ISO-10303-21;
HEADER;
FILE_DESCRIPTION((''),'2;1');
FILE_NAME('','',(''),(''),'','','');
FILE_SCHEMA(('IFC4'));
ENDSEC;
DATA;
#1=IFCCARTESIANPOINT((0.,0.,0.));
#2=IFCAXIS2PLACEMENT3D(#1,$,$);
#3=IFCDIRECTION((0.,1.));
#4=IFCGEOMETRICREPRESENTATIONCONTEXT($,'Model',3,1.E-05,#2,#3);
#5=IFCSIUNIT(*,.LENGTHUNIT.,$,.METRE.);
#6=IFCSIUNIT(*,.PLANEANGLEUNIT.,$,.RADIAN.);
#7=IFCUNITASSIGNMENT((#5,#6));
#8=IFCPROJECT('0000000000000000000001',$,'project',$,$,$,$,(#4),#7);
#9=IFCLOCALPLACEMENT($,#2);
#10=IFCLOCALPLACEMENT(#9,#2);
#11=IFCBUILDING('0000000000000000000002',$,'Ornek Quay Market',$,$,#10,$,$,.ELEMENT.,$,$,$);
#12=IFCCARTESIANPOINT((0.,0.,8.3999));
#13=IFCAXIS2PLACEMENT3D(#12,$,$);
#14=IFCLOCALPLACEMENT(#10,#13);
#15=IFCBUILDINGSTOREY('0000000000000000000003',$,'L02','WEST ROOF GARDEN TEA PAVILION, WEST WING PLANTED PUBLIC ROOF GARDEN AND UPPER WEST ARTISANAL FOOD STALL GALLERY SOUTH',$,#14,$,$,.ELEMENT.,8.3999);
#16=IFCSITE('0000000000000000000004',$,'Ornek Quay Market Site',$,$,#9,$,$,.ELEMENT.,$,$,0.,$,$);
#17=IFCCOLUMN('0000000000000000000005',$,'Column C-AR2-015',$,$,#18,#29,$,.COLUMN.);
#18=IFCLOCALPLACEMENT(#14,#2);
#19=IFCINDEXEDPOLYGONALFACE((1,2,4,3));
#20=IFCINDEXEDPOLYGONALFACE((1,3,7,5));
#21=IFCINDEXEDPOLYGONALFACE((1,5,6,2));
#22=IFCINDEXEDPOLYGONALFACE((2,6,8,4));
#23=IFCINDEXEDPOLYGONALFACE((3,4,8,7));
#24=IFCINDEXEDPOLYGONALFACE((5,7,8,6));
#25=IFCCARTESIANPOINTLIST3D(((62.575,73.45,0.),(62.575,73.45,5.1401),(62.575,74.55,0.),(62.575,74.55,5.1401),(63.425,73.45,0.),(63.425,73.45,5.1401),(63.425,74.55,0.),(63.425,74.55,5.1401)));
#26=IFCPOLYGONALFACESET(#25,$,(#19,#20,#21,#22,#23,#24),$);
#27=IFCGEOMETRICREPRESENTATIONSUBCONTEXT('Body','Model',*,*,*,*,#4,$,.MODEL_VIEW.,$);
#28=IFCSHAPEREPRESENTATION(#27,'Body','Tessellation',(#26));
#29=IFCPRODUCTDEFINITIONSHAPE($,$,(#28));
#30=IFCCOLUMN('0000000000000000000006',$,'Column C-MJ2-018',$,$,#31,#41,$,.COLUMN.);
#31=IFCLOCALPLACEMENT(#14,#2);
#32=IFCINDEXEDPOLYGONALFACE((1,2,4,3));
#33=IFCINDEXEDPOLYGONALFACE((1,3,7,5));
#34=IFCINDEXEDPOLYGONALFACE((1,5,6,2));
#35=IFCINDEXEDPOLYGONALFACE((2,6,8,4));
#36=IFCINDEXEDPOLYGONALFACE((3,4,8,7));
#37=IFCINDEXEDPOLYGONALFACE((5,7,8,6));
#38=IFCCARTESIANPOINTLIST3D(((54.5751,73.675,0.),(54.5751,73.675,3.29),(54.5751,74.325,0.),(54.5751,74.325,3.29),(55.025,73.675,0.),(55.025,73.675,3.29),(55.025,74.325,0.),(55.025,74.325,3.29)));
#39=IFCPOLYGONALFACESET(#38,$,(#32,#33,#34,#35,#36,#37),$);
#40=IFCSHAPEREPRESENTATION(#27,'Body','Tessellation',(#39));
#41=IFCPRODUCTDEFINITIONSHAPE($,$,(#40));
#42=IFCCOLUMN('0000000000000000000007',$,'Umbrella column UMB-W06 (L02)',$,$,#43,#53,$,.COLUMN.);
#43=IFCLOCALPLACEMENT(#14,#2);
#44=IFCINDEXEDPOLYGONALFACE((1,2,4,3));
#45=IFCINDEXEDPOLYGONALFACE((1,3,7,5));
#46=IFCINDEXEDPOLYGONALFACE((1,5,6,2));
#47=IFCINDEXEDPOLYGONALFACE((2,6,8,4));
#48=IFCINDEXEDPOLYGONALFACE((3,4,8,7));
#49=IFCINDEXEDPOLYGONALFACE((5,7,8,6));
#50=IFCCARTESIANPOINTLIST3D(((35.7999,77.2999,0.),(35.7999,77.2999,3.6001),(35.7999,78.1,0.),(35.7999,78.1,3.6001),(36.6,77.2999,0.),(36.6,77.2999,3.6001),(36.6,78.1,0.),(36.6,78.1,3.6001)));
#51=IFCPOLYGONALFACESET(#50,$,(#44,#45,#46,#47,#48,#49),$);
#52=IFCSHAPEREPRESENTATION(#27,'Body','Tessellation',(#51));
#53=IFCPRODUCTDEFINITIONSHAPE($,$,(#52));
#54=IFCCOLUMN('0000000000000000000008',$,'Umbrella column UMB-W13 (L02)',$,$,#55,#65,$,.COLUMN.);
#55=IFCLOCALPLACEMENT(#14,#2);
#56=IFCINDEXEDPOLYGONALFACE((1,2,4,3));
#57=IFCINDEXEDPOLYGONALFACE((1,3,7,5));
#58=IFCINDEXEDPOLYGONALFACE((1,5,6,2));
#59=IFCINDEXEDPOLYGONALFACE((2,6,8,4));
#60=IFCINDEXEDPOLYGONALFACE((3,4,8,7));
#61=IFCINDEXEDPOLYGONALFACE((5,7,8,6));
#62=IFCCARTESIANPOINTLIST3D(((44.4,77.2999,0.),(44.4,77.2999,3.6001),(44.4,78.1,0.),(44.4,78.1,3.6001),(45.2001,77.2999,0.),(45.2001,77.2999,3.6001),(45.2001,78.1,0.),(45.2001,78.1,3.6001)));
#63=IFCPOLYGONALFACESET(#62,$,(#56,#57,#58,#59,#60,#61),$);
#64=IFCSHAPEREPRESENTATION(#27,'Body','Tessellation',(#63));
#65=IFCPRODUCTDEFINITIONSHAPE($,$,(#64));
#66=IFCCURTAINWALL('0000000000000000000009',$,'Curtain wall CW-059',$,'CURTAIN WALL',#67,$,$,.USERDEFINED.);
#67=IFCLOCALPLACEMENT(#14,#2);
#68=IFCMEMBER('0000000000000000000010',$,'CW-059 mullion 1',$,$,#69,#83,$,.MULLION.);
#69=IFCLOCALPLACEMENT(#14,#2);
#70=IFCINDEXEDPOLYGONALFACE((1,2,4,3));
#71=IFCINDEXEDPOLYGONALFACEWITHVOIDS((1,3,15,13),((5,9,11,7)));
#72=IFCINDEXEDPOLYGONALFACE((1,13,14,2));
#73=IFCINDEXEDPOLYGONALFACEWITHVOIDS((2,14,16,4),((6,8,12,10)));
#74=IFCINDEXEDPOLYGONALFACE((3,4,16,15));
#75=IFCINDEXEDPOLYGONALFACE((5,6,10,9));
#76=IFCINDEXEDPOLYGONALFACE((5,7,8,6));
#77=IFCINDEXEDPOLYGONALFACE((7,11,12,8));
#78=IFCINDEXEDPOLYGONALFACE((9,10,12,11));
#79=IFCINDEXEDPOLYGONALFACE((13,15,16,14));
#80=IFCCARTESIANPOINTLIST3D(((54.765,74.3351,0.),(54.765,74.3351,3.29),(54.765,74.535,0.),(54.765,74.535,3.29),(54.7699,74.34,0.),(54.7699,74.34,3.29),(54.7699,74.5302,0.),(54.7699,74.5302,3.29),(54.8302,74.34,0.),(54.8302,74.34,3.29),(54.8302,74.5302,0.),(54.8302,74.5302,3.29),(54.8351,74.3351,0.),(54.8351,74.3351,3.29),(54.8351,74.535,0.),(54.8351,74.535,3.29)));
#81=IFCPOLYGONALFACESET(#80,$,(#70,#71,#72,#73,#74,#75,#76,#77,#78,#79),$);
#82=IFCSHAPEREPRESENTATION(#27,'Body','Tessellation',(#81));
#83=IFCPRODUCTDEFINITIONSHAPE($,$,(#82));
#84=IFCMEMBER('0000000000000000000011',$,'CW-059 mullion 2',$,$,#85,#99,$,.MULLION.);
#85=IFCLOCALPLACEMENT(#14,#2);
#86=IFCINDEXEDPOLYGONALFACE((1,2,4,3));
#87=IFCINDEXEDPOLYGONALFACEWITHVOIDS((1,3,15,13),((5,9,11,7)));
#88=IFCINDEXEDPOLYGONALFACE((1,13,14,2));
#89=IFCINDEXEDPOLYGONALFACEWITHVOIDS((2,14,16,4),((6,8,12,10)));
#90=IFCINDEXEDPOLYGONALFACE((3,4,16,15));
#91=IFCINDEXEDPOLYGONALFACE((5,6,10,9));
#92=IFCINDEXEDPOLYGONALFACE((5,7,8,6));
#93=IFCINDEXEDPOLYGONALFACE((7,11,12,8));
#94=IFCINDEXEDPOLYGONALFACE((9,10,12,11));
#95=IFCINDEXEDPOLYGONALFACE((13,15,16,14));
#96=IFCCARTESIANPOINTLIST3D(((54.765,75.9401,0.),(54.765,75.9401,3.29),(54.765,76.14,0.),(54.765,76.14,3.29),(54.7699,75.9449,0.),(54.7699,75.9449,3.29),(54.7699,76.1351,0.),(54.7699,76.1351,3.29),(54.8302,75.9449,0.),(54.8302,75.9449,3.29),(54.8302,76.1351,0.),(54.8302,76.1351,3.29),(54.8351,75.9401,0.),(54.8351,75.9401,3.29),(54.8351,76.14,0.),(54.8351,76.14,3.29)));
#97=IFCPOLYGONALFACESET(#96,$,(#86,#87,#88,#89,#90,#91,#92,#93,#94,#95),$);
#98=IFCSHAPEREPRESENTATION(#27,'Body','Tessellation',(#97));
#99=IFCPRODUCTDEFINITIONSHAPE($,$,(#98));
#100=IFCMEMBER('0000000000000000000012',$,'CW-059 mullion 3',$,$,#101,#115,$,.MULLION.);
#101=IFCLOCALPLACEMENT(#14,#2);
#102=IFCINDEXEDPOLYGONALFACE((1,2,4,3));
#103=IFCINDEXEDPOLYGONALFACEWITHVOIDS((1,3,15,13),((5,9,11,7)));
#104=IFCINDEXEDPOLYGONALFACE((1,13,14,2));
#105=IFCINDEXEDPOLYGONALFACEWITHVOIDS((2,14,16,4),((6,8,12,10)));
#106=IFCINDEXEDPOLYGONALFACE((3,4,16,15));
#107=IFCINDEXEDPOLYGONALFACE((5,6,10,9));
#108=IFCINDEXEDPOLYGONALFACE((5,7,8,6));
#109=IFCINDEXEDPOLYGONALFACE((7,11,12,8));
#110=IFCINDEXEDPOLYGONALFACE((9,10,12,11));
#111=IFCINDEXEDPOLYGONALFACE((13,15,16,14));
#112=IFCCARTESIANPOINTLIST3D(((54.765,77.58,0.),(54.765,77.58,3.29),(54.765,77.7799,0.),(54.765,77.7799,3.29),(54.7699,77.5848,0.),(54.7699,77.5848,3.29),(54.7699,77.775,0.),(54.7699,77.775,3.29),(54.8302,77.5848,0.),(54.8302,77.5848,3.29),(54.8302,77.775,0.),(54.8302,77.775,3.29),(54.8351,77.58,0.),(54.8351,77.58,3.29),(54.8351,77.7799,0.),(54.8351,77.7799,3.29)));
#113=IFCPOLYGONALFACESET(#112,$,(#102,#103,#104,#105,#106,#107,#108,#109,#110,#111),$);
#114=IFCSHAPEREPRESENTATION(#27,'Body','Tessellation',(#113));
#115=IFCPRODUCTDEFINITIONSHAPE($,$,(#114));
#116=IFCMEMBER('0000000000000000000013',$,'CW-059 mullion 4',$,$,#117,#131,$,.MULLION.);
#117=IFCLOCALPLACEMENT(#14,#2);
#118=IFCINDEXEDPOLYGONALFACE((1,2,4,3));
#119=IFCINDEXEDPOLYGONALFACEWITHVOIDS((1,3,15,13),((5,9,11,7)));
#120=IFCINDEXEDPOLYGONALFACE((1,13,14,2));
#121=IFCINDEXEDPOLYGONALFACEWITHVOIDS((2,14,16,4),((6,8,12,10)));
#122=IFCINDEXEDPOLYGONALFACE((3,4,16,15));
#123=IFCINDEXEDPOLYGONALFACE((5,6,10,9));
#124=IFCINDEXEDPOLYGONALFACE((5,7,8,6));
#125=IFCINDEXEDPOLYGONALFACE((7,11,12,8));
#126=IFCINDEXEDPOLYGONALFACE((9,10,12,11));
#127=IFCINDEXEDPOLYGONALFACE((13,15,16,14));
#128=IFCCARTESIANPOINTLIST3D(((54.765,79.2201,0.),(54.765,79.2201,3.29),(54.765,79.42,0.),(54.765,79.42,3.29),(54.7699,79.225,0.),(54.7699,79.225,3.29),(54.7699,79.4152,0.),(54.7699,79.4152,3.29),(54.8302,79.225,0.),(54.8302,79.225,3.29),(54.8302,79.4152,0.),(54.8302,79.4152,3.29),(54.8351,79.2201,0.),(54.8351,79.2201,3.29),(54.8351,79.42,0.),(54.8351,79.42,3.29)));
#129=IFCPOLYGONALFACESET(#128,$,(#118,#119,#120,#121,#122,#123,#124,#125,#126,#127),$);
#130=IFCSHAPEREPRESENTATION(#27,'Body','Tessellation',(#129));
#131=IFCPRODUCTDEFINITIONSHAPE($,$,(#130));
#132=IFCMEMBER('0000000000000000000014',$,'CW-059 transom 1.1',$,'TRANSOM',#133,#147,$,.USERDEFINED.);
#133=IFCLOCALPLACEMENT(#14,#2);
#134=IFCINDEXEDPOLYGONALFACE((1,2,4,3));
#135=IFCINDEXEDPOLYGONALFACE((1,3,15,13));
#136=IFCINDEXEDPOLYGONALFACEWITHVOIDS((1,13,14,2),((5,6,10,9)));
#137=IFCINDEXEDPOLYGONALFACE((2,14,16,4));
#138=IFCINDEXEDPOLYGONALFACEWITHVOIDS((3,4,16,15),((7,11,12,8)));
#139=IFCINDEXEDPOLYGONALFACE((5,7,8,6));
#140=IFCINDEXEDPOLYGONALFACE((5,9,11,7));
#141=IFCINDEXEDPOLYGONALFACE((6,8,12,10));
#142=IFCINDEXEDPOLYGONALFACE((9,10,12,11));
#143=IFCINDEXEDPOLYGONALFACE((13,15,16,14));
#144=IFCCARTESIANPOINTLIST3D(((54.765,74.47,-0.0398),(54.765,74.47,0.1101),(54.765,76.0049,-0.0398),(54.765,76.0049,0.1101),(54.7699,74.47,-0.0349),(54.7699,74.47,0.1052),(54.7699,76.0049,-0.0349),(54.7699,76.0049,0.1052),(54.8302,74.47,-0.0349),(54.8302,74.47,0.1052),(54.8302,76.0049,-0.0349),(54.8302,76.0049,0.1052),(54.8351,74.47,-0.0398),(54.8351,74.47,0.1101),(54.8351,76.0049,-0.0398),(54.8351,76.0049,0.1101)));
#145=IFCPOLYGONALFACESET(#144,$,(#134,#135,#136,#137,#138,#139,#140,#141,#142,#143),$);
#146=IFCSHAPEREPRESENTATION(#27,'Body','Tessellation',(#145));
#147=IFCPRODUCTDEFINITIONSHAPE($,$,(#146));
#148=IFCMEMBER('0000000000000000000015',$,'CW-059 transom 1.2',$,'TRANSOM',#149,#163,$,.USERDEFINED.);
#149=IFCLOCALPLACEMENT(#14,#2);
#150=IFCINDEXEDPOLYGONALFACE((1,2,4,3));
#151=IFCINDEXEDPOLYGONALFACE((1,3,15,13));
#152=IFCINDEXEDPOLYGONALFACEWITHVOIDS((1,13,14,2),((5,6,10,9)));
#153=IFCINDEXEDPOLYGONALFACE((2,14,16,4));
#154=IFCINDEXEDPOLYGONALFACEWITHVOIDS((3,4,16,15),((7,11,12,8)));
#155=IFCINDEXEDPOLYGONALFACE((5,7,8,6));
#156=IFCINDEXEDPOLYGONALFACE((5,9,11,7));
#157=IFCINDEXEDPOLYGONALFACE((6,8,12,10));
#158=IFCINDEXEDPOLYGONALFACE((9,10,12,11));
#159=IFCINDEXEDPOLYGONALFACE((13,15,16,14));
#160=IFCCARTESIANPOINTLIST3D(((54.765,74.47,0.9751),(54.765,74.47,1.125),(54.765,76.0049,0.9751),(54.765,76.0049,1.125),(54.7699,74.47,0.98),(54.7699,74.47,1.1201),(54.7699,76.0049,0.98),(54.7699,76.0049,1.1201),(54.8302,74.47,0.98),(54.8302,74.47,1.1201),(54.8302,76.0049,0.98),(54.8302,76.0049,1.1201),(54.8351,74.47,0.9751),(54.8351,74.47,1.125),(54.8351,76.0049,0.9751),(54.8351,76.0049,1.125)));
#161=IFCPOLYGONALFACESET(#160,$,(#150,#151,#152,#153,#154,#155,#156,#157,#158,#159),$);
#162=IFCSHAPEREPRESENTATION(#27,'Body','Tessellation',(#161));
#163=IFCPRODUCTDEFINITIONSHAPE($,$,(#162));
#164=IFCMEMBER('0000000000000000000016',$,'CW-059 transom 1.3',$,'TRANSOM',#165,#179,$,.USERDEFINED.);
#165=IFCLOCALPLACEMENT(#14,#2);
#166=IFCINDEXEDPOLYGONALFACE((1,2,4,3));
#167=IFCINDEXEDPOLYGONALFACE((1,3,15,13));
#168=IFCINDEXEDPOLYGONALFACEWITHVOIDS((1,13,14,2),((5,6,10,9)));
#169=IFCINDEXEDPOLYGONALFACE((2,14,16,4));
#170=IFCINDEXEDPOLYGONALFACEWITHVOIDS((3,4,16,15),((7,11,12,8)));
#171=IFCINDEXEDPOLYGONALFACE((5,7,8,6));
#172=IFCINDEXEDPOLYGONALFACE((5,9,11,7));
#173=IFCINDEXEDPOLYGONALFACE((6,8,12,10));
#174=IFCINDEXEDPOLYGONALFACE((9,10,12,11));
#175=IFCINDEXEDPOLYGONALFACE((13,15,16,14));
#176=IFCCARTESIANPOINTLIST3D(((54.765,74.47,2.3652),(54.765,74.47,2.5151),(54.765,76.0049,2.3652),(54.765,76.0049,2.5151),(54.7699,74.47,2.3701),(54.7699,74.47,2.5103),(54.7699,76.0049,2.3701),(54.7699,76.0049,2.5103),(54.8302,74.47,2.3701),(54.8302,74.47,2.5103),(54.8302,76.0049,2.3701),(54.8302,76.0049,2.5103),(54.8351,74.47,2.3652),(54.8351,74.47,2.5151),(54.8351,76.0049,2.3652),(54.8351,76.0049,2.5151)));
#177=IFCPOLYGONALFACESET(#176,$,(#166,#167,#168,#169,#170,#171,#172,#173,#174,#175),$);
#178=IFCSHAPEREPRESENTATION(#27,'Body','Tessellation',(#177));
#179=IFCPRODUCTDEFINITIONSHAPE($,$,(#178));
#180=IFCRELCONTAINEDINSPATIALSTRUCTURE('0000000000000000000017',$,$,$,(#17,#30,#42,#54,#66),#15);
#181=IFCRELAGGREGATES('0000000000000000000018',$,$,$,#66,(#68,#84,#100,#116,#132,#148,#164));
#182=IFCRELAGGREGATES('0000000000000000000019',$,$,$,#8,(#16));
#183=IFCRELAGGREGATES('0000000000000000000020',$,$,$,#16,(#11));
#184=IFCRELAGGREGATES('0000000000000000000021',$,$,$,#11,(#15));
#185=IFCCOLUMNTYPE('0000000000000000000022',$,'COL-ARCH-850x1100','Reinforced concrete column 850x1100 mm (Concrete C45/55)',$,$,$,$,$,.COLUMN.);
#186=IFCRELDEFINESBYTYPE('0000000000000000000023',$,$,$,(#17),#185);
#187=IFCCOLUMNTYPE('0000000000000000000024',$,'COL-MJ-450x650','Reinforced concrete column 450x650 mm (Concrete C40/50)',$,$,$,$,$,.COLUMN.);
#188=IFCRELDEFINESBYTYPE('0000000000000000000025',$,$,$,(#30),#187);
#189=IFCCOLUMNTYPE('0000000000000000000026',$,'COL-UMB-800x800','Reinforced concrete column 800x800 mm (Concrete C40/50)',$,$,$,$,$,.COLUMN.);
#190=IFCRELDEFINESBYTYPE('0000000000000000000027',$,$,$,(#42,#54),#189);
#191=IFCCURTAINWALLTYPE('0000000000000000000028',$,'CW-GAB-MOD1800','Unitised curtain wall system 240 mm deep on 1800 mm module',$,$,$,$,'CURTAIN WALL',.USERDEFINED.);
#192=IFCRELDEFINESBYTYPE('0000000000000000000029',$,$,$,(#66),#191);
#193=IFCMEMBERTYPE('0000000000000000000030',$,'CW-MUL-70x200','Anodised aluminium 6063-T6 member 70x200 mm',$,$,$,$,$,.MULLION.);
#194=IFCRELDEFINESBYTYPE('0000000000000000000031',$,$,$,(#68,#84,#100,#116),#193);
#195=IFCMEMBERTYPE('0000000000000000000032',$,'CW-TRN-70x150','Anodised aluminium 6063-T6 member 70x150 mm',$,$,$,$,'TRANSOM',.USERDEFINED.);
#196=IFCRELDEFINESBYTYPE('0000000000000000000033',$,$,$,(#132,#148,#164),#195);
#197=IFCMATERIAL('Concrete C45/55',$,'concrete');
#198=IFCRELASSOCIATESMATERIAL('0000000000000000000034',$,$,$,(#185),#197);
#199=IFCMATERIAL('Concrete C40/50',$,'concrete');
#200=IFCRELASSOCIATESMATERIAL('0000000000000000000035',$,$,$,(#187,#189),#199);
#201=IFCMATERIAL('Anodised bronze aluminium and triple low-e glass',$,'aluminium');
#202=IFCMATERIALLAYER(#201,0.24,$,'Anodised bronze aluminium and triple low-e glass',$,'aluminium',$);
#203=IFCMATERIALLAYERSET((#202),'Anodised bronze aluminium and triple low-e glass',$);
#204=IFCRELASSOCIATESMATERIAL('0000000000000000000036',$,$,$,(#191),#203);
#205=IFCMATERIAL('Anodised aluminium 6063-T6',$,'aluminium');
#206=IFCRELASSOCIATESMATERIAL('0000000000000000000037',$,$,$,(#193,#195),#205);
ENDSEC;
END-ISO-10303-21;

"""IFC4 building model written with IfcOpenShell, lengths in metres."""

from ifc_helpers import new_model, si_unit, direction, frame, origin, origin_2d, place, context, subcontext, project, spatial, rectangle, hollow_rectangle, extrude, material, layer, layer_set, material_profile, profile_set, type_object, element, aggregate, save


model = new_model("IFC4")

# Units and contexts
model_context = context("Model", 3, precision=1e-05, world=origin(), true_north=direction((0.0, 1.0)))
body_context = subcontext(model_context, "Body", "Model", "MODEL_VIEW")
ifc_project = project(units=[si_unit("LENGTHUNIT", "METRE"), si_unit("PLANEANGLEUNIT", "RADIAN")], contexts=[model_context])

# Site, building, storey
site_placement = place(None, origin())
site = spatial("IfcSite", under=ifc_project, at=site_placement, Name="Ornek Quay Market Site", CompositionType="ELEMENT", RefElevation=0.0)
building_placement = place(site_placement, origin())
building = spatial("IfcBuilding", under=site, at=building_placement, Name="Ornek Quay Market", CompositionType="ELEMENT")
storey_placement = place(building_placement, frame((0.0, 0.0, 8.3999)))
storey = spatial("IfcBuildingStorey", under=building, at=storey_placement, Name="L02", Description="WEST ROOF GARDEN TEA PAVILION, WEST WING PLANTED PUBLIC ROOF GARDEN AND UPPER WEST ARTISANAL FOOD STALL GALLERY SOUTH", CompositionType="ELEMENT", Elevation=8.3999)

# Columns
ifc_material_1 = material(Name="Concrete C45/55", Category="concrete")
ifc_material_profile_1 = material_profile(ifc_material_1, rectangle(XDim=0.8501, YDim=1.1001, at=origin_2d()), Name="RC 850x1100", Category="concrete")
ifc_profile_set_1 = profile_set([ifc_material_profile_1], Name="Concrete C45/55")
column_type_1 = type_object("IfcColumnType", Name="COL-ARCH-850x1100", Description="Reinforced concrete column 850x1100 mm (Concrete C45/55)", PredefinedType="COLUMN", material=ifc_profile_set_1)
column_1_placement = place(storey_placement, frame((63.0, 74.0, 0.0), z_axis=(0.0, 0.0, 1.0), x_axis=(1.0, 0.0, 0.0)))
element("IfcColumn", 1, at=column_1_placement, inside=storey, type_object=column_type_1, Name="Column C-AR2-015", PredefinedType="COLUMN", context=body_context, shape_type="SweptSolid", body=[
    extrude(rectangle(XDim=0.8501, YDim=1.1001, at=origin_2d()), origin(), (0.0, 0.0, 1.0), 5.1401),
])
ifc_material_2 = material(Name="Concrete C40/50", Category="concrete")
ifc_material_profile_2 = material_profile(ifc_material_2, rectangle(XDim=0.45, YDim=0.6499, at=origin_2d()), Name="RC 450x650", Category="concrete")
ifc_profile_set_2 = profile_set([ifc_material_profile_2], Name="Concrete C40/50")
column_type_2 = type_object("IfcColumnType", Name="COL-MJ-450x650", Description="Reinforced concrete column 450x650 mm (Concrete C40/50)", PredefinedType="COLUMN", material=ifc_profile_set_2)
column_2_placement = place(storey_placement, frame((54.8, 74.0, 0.0), z_axis=(0.0, 0.0, 1.0), x_axis=(1.0, 0.0, 0.0)))
element("IfcColumn", 2, at=column_2_placement, inside=storey, type_object=column_type_2, Name="Column C-MJ2-018", PredefinedType="COLUMN", context=body_context, shape_type="SweptSolid", body=[
    extrude(rectangle(XDim=0.45, YDim=0.6499, at=origin_2d()), origin(), (0.0, 0.0, 1.0), 3.29),
])
ifc_material_profile_3 = material_profile(ifc_material_2, rectangle(XDim=0.8, YDim=0.8, at=origin_2d()), Name="RC 800x800", Category="concrete")
ifc_profile_set_3 = profile_set([ifc_material_profile_3], Name="Concrete C40/50")
column_type_3 = type_object("IfcColumnType", Name="COL-UMB-800x800", Description="Reinforced concrete column 800x800 mm (Concrete C40/50)", PredefinedType="COLUMN", material=ifc_profile_set_3)
for number, where, z_axis, x_axis, name in (
    (3, (36.2, 77.7, 0.0), (0.0, 0.0, 1.0), (1.0, 0.0, 0.0), "Umbrella column UMB-W06 (L02)"),
    (4, (44.8, 77.7, 0.0), (0.0, 0.0, 1.0), (1.0, 0.0, 0.0), "Umbrella column UMB-W13 (L02)"),
):
    element("IfcColumn", number, at=place(storey_placement, frame(where, z_axis=z_axis, x_axis=x_axis)), inside=storey, type_object=column_type_3, Name=name, PredefinedType="COLUMN", context=body_context, shape_type="SweptSolid", body=[
        extrude(rectangle(XDim=0.8, YDim=0.8, at=origin_2d()), origin(), (0.0, 0.0, 1.0), 3.6001),
    ])

# Curtain wall, members
ifc_material_3 = material(Name="Anodised bronze aluminium and triple low-e glass", Category="aluminium")
ifc_layer_1 = layer(ifc_material_3, 0.24, Name="Anodised bronze aluminium and triple low-e glass", Category="aluminium")
ifc_layer_set_1 = layer_set([ifc_layer_1], Name="Anodised bronze aluminium and triple low-e glass")
curtain_wall_type = type_object("IfcCurtainWallType", Name="CW-GAB-MOD1800", Description="Unitised curtain wall system 240 mm deep on 1800 mm module", ElementType="CURTAIN WALL", PredefinedType="USERDEFINED", material=ifc_layer_set_1)
curtain_wall_placement = place(storey_placement, origin())
curtain_wall = element("IfcCurtainWall", 5, at=curtain_wall_placement, inside=storey, type_object=curtain_wall_type, Name="Curtain wall CW-059", ObjectType="CURTAIN WALL", PredefinedType="USERDEFINED")
ifc_material_4 = material(Name="Anodised aluminium 6063-T6", Category="aluminium")
ifc_material_profile_4 = material_profile(ifc_material_4, hollow_rectangle(XDim=0.0701, YDim=0.2, WallThickness=0.0049, at=origin_2d()), Name="CW-MUL-70x200", Category="aluminium")
ifc_profile_set_4 = profile_set([ifc_material_profile_4], Name="Anodised aluminium 6063-T6")
member_type_1 = type_object("IfcMemberType", Name="CW-MUL-70x200", Description="Anodised aluminium 6063-T6 member 70x200 mm", PredefinedType="MULLION", material=ifc_profile_set_4)
member_1_placement = place(storey_placement, frame((54.8, 74.4351, 0.0), z_axis=(0.0, 0.0, 1.0), x_axis=(-1.0, 0.0, 0.0)))
member_1 = element("IfcMember", 6, at=member_1_placement, type_object=member_type_1, Name="CW-059 mullion 1", PredefinedType="MULLION", context=body_context, shape_type="SweptSolid", body=[
    extrude(hollow_rectangle(XDim=0.0701, YDim=0.2, WallThickness=0.0049, at=origin_2d()), origin(), (0.0, 0.0, 1.0), 3.29),
])
member_2_placement = place(storey_placement, frame((54.8, 76.04, 0.0), z_axis=(0.0, 0.0, 1.0), x_axis=(-1.0, 0.0, 0.0)))
member_2 = element("IfcMember", 7, at=member_2_placement, type_object=member_type_1, Name="CW-059 mullion 2", PredefinedType="MULLION", context=body_context, shape_type="SweptSolid", body=[
    extrude(hollow_rectangle(XDim=0.0701, YDim=0.2, WallThickness=0.0049, at=origin_2d()), origin(), (0.0, 0.0, 1.0), 3.29),
])
member_3_placement = place(storey_placement, frame((54.8, 77.6799, 0.0), z_axis=(0.0, 0.0, 1.0), x_axis=(-1.0, 0.0, 0.0)))
member_3 = element("IfcMember", 8, at=member_3_placement, type_object=member_type_1, Name="CW-059 mullion 3", PredefinedType="MULLION", context=body_context, shape_type="SweptSolid", body=[
    extrude(hollow_rectangle(XDim=0.0701, YDim=0.2, WallThickness=0.0049, at=origin_2d()), origin(), (0.0, 0.0, 1.0), 3.29),
])
member_4_placement = place(storey_placement, frame((54.8, 79.3201, 0.0), z_axis=(0.0, 0.0, 1.0), x_axis=(-1.0, 0.0, 0.0)))
member_4 = element("IfcMember", 9, at=member_4_placement, type_object=member_type_1, Name="CW-059 mullion 4", PredefinedType="MULLION", context=body_context, shape_type="SweptSolid", body=[
    extrude(hollow_rectangle(XDim=0.0701, YDim=0.2, WallThickness=0.0049, at=origin_2d()), origin(), (0.0, 0.0, 1.0), 3.29),
])
ifc_material_profile_5 = material_profile(ifc_material_4, hollow_rectangle(XDim=0.0701, YDim=0.1499, WallThickness=0.0049, at=origin_2d()), Name="CW-TRN-70x150", Category="aluminium")
ifc_profile_set_5 = profile_set([ifc_material_profile_5], Name="Anodised aluminium 6063-T6")
member_type_2 = type_object("IfcMemberType", Name="CW-TRN-70x150", Description="Anodised aluminium 6063-T6 member 70x150 mm", ElementType="TRANSOM", PredefinedType="USERDEFINED", material=ifc_profile_set_5)
member_5_placement = place(storey_placement, frame((54.8, 74.47, 0.0352), z_axis=(0.0, 1.0, 0.0), x_axis=(-1.0, 0.0, 0.0)))
member_5 = element("IfcMember", 10, at=member_5_placement, type_object=member_type_2, Name="CW-059 transom 1.1", ObjectType="TRANSOM", PredefinedType="USERDEFINED", context=body_context, shape_type="SweptSolid", body=[
    extrude(hollow_rectangle(XDim=0.0701, YDim=0.1499, WallThickness=0.0049, at=origin_2d()), origin(), (0.0, 0.0, 1.0), 1.5349),
])
member_6_placement = place(storey_placement, frame((54.8, 74.47, 1.05), z_axis=(0.0, 1.0, 0.0), x_axis=(-1.0, 0.0, 0.0)))
member_6 = element("IfcMember", 11, at=member_6_placement, type_object=member_type_2, Name="CW-059 transom 1.2", ObjectType="TRANSOM", PredefinedType="USERDEFINED", context=body_context, shape_type="SweptSolid", body=[
    extrude(hollow_rectangle(XDim=0.0701, YDim=0.1499, WallThickness=0.0049, at=origin_2d()), origin(), (0.0, 0.0, 1.0), 1.5349),
])
member_7_placement = place(storey_placement, frame((54.8, 74.47, 2.4402), z_axis=(0.0, 1.0, 0.0), x_axis=(-1.0, 0.0, 0.0)))
member_7 = element("IfcMember", 12, at=member_7_placement, type_object=member_type_2, Name="CW-059 transom 1.3", ObjectType="TRANSOM", PredefinedType="USERDEFINED", context=body_context, shape_type="SweptSolid", body=[
    extrude(hollow_rectangle(XDim=0.0701, YDim=0.1499, WallThickness=0.0049, at=origin_2d()), origin(), (0.0, 0.0, 1.0), 1.5349),
])
aggregate(curtain_wall, [member_1, member_2, member_3, member_4, member_5, member_6, member_7])

save(model, "model.ifc")
